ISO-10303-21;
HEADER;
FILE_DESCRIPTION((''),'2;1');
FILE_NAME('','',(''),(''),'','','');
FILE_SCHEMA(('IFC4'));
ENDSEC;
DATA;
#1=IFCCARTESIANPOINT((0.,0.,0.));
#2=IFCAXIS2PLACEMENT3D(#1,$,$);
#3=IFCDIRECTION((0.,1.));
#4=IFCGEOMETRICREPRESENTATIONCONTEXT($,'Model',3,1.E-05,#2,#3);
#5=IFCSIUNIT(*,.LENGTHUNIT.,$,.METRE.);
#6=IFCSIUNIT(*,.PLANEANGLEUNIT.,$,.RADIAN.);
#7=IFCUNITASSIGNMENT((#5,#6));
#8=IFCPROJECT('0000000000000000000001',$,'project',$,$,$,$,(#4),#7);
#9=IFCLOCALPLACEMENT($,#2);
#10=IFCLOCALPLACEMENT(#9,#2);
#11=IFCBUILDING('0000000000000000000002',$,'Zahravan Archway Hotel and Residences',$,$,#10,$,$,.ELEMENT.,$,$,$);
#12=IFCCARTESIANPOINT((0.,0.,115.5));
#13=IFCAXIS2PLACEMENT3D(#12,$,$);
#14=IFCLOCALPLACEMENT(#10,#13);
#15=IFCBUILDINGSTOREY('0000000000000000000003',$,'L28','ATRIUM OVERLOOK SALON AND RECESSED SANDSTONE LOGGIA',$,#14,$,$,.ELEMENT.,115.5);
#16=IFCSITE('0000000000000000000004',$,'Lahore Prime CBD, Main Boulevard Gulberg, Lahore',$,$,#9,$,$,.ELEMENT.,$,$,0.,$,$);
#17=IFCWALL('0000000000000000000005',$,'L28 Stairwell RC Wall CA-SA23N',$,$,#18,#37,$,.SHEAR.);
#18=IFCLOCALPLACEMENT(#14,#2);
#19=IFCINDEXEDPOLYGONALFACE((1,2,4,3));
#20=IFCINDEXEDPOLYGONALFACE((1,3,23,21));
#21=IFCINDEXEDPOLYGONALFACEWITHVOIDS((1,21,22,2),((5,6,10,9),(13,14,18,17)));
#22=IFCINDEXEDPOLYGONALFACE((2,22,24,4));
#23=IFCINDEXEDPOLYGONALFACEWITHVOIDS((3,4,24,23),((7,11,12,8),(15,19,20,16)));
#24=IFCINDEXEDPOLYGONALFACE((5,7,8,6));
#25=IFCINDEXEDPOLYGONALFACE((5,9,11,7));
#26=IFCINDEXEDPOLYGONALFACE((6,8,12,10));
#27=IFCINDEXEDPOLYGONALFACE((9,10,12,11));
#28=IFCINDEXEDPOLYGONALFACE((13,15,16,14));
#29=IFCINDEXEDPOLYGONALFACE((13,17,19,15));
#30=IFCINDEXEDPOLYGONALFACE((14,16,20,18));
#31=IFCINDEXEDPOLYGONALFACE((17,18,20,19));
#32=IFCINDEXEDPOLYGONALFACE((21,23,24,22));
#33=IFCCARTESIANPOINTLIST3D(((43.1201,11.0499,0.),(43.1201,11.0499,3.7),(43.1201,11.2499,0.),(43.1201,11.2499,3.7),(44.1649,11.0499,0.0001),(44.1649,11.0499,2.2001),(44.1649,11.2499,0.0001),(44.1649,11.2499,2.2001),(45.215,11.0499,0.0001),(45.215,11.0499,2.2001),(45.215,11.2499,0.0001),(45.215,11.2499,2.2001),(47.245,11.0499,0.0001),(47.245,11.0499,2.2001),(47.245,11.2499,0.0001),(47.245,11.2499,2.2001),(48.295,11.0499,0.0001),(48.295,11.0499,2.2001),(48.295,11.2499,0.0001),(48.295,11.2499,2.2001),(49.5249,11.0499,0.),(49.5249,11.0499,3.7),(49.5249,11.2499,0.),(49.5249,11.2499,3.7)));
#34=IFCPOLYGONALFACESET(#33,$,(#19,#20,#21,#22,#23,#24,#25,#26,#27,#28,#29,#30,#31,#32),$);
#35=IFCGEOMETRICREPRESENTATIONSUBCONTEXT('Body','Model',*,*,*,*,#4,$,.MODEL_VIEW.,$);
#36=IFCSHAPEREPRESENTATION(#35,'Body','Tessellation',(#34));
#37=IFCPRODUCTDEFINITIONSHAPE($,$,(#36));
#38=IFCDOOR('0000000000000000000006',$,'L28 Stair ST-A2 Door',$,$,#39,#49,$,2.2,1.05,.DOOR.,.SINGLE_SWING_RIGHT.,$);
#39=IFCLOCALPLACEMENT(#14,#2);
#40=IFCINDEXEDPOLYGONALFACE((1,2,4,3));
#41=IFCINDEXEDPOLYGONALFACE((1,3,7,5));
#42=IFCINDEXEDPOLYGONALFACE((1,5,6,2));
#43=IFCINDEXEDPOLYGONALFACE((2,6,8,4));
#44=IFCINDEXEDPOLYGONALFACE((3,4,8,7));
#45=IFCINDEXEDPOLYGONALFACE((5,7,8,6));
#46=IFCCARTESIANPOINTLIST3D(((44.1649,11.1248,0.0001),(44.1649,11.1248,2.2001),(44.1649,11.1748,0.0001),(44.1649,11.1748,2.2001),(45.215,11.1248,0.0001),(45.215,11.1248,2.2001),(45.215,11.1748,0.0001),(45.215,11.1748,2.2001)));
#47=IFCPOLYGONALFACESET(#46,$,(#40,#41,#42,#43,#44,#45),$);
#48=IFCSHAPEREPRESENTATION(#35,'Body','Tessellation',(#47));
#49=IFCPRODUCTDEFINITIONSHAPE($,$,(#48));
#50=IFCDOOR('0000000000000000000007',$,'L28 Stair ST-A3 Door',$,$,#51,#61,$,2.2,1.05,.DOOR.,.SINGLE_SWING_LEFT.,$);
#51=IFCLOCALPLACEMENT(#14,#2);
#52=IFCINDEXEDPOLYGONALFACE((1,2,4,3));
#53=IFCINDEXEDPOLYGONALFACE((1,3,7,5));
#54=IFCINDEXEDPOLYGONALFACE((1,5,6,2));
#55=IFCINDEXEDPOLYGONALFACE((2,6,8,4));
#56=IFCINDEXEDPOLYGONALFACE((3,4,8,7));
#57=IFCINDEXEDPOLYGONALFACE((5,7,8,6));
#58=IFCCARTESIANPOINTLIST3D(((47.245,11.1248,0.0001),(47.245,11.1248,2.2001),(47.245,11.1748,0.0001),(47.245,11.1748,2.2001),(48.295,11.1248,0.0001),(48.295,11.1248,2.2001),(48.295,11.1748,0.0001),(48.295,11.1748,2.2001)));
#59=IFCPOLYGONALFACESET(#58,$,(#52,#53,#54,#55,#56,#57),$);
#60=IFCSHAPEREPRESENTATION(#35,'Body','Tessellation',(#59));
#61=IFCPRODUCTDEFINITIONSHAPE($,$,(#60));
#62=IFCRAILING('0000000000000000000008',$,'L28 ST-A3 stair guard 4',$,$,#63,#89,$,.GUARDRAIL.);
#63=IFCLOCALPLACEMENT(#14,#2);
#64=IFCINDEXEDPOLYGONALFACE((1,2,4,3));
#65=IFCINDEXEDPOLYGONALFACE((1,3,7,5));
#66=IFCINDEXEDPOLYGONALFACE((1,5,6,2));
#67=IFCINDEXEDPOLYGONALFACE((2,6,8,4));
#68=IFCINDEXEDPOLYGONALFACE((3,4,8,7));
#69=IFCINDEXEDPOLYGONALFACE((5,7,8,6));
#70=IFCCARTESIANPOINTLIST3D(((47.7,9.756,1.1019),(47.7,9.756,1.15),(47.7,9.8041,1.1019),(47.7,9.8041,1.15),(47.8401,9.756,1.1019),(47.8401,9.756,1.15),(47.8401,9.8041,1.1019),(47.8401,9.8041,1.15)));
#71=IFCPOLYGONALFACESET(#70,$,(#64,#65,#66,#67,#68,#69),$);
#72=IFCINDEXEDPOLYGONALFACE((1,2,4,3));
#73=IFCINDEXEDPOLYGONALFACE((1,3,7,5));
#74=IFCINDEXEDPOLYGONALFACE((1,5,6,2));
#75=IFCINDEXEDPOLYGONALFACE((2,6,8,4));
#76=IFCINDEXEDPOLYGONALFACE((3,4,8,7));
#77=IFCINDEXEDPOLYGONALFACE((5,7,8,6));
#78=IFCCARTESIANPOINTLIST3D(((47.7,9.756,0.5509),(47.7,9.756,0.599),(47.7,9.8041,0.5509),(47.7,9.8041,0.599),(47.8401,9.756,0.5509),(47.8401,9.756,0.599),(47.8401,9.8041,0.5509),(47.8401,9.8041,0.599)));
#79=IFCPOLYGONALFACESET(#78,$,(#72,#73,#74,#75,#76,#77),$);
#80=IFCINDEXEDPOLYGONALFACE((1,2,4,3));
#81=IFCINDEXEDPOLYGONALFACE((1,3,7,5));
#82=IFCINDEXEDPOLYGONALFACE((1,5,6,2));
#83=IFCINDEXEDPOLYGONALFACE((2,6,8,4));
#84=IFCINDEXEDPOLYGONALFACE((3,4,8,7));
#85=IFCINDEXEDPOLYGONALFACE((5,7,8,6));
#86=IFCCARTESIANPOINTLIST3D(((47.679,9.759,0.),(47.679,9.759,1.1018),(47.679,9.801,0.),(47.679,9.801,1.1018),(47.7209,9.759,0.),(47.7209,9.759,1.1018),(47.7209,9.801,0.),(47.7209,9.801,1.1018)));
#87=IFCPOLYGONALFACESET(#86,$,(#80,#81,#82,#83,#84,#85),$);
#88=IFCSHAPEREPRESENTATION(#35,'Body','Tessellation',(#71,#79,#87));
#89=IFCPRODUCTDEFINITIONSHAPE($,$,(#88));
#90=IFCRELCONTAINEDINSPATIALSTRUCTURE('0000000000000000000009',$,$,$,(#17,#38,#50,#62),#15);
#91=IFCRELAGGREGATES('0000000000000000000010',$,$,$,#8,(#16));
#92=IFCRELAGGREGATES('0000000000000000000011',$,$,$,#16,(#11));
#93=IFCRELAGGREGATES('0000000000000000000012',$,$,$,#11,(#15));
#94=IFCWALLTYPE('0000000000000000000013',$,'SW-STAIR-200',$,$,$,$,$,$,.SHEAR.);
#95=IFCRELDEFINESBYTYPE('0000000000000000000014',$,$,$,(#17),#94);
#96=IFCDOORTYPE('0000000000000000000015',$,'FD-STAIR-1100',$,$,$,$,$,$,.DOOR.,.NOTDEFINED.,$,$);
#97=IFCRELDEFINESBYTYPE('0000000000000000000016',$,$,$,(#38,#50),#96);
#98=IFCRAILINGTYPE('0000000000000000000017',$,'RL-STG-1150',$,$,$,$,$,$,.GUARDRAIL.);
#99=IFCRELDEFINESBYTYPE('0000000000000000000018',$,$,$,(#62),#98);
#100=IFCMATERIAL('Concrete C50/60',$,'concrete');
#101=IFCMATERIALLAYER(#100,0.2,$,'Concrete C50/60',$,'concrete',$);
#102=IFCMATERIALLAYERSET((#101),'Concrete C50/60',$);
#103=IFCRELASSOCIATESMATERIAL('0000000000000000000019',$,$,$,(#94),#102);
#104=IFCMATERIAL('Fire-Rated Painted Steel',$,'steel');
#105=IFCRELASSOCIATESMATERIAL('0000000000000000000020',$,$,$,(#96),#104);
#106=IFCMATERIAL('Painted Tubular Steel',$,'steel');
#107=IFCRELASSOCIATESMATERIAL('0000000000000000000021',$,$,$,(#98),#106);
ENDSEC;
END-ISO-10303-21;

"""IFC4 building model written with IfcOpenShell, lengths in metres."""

from ifc_helpers import new_model, si_unit, direction, frame, frame_2d, origin, origin_2d, place, context, subcontext, project, spatial, rectangle, extrude, source, transform, mapped, material, layer, layer_set, type_object, type_shapes, element, fill, save


model = new_model("IFC4")

# Units and contexts
model_context = context("Model", 3, precision=1e-05, world=origin(), true_north=direction((0.0, 1.0)))
body_context = subcontext(model_context, "Body", "Model", "MODEL_VIEW")
ifc_project = project(units=[si_unit("LENGTHUNIT", "METRE"), si_unit("PLANEANGLEUNIT", "RADIAN")], contexts=[model_context])

# Site, building, storey
site_placement = place(None, origin())
site = spatial("IfcSite", under=ifc_project, at=site_placement, Name="Lahore Prime CBD, Main Boulevard Gulberg, Lahore", CompositionType="ELEMENT", RefElevation=0.0)
building_placement = place(site_placement, origin())
building = spatial("IfcBuilding", under=site, at=building_placement, Name="Zahravan Archway Hotel and Residences", CompositionType="ELEMENT")
storey_placement = place(building_placement, frame((0.0, 0.0, 115.5)))
storey = spatial("IfcBuildingStorey", under=building, at=storey_placement, Name="L28", Description="ATRIUM OVERLOOK SALON AND RECESSED SANDSTONE LOGGIA", CompositionType="ELEMENT", Elevation=115.5)

# Shared definitions
ifc_material_1 = material(Name="Fire-Rated Painted Steel", Category="steel")

# Wall, openings, doors
ifc_material_2 = material(Name="Concrete C50/60", Category="concrete")
ifc_layer_1 = layer(ifc_material_2, 0.2, Name="Concrete C50/60", Category="concrete")
ifc_layer_set_1 = layer_set([ifc_layer_1], Name="Concrete C50/60")
wall_type_1 = type_object("IfcWallType", Name="SW-STAIR-200", PredefinedType="SHEAR", material=ifc_layer_set_1)
wall_1_placement = place(storey_placement, frame((43.1201, 11.1499, 0.0), z_axis=(0.0, 0.0, 1.0), x_axis=(1.0, 0.0, 0.0)))
wall_1 = element("IfcWall", 1, at=wall_1_placement, inside=storey, type_object=wall_type_1, Name="L28 Stairwell RC Wall CA-SA23N", PredefinedType="SHEAR", context=body_context, shape_type="SweptSolid", body=[
    extrude(rectangle(XDim=6.4048, YDim=0.2, at=frame_2d((3.2024, 0.0))), origin(), (0.0, 0.0, 1.0), 3.7),
])
opening_1_placement = place(wall_1_placement, frame((1.0449, 0.0, 0.0)))
opening_1 = element("IfcOpeningElement", 2, at=opening_1_placement, cuts=wall_1, PredefinedType="OPENING", context=body_context, shape_type="SweptSolid", body=[
    extrude(rectangle(XDim=1.05, YDim=2.2, at=frame_2d((0.5249, 1.1001))), frame((0.0, 0.1099, 0.0), z_axis=(0.0, -1.0, 0.0), x_axis=(1.0, 0.0, 0.0)), (0.0, 0.0, 1.0), 0.22),
])
opening_2_placement = place(wall_1_placement, frame((4.125, 0.0, 0.0)))
opening_2 = element("IfcOpeningElement", 3, at=opening_2_placement, cuts=wall_1, PredefinedType="OPENING", context=body_context, shape_type="SweptSolid", body=[
    extrude(rectangle(XDim=1.05, YDim=2.2, at=frame_2d((0.5249, 1.1001))), frame((0.0, 0.1099, 0.0), z_axis=(0.0, -1.0, 0.0), x_axis=(1.0, 0.0, 0.0)), (0.0, 0.0, 1.0), 0.22),
])
door_type_1 = type_object("IfcDoorType", Name="FD-STAIR-1100", OperationType="NOTDEFINED", PredefinedType="DOOR", material=ifc_material_1)
shared_shape_1 = source(origin(), body_context, "Body", "SweptSolid", [
    extrude(rectangle(XDim=1.05, YDim=2.2, at=frame_2d((0.5249, 1.1001))), frame((0.0, 0.0249, 0.0), z_axis=(0.0, -1.0, 0.0), x_axis=(1.0, 0.0, 0.0)), (0.0, 0.0, 1.0), 0.05),
])
type_shapes(door_type_1, [shared_shape_1])
door_1_placement = place(opening_1_placement, origin())
door_1 = element("IfcDoor", 4, at=door_1_placement, inside=storey, type_object=door_type_1, Name="L28 Stair ST-A2 Door", OperationType="SINGLE_SWING_RIGHT", OverallHeight=2.2, OverallWidth=1.05, PredefinedType="DOOR", context=body_context, shape_type="MappedRepresentation", body=[
    mapped(shared_shape_1, transform((0.0, 0.0, 0.0), scale=1.0)),
])
fill(opening_1, door_1)
door_2_placement = place(opening_2_placement, origin())
door_2 = element("IfcDoor", 5, at=door_2_placement, inside=storey, type_object=door_type_1, Name="L28 Stair ST-A3 Door", OperationType="SINGLE_SWING_LEFT", OverallHeight=2.2, OverallWidth=1.05, PredefinedType="DOOR", context=body_context, shape_type="MappedRepresentation", body=[
    mapped(shared_shape_1, transform((0.0, 0.0, 0.0), scale=1.0)),
])
fill(opening_2, door_2)

# Railing
ifc_material_3 = material(Name="Painted Tubular Steel", Category="steel")
railing_type = type_object("IfcRailingType", Name="RL-STG-1150", PredefinedType="GUARDRAIL", material=ifc_material_3)
railing_placement = place(storey_placement, frame((47.7, 9.78, 0.0)))
element("IfcRailing", 6, at=railing_placement, inside=storey, type_object=railing_type, Name="L28 ST-A3 stair guard 4", PredefinedType="GUARDRAIL", context=body_context, shape_type="SweptSolid", body=[
    extrude(rectangle(XDim=0.0481, YDim=0.0481, at=origin_2d()), frame((0.0, 0.0, 1.126), z_axis=(1.0, 0.0, 0.0), x_axis=(0.0, 1.0, 0.0)), (0.0, 0.0, 1.0), 0.1401),
    extrude(rectangle(XDim=0.0481, YDim=0.0481, at=origin_2d()), frame((0.0, 0.0, 0.575), z_axis=(1.0, 0.0, 0.0), x_axis=(0.0, 1.0, 0.0)), (0.0, 0.0, 1.0), 0.1401),
    extrude(rectangle(XDim=0.042, YDim=0.042, at=origin_2d()), origin(), (0.0, 0.0, 1.0), 1.1018),
])

save(model, "model.ifc")
